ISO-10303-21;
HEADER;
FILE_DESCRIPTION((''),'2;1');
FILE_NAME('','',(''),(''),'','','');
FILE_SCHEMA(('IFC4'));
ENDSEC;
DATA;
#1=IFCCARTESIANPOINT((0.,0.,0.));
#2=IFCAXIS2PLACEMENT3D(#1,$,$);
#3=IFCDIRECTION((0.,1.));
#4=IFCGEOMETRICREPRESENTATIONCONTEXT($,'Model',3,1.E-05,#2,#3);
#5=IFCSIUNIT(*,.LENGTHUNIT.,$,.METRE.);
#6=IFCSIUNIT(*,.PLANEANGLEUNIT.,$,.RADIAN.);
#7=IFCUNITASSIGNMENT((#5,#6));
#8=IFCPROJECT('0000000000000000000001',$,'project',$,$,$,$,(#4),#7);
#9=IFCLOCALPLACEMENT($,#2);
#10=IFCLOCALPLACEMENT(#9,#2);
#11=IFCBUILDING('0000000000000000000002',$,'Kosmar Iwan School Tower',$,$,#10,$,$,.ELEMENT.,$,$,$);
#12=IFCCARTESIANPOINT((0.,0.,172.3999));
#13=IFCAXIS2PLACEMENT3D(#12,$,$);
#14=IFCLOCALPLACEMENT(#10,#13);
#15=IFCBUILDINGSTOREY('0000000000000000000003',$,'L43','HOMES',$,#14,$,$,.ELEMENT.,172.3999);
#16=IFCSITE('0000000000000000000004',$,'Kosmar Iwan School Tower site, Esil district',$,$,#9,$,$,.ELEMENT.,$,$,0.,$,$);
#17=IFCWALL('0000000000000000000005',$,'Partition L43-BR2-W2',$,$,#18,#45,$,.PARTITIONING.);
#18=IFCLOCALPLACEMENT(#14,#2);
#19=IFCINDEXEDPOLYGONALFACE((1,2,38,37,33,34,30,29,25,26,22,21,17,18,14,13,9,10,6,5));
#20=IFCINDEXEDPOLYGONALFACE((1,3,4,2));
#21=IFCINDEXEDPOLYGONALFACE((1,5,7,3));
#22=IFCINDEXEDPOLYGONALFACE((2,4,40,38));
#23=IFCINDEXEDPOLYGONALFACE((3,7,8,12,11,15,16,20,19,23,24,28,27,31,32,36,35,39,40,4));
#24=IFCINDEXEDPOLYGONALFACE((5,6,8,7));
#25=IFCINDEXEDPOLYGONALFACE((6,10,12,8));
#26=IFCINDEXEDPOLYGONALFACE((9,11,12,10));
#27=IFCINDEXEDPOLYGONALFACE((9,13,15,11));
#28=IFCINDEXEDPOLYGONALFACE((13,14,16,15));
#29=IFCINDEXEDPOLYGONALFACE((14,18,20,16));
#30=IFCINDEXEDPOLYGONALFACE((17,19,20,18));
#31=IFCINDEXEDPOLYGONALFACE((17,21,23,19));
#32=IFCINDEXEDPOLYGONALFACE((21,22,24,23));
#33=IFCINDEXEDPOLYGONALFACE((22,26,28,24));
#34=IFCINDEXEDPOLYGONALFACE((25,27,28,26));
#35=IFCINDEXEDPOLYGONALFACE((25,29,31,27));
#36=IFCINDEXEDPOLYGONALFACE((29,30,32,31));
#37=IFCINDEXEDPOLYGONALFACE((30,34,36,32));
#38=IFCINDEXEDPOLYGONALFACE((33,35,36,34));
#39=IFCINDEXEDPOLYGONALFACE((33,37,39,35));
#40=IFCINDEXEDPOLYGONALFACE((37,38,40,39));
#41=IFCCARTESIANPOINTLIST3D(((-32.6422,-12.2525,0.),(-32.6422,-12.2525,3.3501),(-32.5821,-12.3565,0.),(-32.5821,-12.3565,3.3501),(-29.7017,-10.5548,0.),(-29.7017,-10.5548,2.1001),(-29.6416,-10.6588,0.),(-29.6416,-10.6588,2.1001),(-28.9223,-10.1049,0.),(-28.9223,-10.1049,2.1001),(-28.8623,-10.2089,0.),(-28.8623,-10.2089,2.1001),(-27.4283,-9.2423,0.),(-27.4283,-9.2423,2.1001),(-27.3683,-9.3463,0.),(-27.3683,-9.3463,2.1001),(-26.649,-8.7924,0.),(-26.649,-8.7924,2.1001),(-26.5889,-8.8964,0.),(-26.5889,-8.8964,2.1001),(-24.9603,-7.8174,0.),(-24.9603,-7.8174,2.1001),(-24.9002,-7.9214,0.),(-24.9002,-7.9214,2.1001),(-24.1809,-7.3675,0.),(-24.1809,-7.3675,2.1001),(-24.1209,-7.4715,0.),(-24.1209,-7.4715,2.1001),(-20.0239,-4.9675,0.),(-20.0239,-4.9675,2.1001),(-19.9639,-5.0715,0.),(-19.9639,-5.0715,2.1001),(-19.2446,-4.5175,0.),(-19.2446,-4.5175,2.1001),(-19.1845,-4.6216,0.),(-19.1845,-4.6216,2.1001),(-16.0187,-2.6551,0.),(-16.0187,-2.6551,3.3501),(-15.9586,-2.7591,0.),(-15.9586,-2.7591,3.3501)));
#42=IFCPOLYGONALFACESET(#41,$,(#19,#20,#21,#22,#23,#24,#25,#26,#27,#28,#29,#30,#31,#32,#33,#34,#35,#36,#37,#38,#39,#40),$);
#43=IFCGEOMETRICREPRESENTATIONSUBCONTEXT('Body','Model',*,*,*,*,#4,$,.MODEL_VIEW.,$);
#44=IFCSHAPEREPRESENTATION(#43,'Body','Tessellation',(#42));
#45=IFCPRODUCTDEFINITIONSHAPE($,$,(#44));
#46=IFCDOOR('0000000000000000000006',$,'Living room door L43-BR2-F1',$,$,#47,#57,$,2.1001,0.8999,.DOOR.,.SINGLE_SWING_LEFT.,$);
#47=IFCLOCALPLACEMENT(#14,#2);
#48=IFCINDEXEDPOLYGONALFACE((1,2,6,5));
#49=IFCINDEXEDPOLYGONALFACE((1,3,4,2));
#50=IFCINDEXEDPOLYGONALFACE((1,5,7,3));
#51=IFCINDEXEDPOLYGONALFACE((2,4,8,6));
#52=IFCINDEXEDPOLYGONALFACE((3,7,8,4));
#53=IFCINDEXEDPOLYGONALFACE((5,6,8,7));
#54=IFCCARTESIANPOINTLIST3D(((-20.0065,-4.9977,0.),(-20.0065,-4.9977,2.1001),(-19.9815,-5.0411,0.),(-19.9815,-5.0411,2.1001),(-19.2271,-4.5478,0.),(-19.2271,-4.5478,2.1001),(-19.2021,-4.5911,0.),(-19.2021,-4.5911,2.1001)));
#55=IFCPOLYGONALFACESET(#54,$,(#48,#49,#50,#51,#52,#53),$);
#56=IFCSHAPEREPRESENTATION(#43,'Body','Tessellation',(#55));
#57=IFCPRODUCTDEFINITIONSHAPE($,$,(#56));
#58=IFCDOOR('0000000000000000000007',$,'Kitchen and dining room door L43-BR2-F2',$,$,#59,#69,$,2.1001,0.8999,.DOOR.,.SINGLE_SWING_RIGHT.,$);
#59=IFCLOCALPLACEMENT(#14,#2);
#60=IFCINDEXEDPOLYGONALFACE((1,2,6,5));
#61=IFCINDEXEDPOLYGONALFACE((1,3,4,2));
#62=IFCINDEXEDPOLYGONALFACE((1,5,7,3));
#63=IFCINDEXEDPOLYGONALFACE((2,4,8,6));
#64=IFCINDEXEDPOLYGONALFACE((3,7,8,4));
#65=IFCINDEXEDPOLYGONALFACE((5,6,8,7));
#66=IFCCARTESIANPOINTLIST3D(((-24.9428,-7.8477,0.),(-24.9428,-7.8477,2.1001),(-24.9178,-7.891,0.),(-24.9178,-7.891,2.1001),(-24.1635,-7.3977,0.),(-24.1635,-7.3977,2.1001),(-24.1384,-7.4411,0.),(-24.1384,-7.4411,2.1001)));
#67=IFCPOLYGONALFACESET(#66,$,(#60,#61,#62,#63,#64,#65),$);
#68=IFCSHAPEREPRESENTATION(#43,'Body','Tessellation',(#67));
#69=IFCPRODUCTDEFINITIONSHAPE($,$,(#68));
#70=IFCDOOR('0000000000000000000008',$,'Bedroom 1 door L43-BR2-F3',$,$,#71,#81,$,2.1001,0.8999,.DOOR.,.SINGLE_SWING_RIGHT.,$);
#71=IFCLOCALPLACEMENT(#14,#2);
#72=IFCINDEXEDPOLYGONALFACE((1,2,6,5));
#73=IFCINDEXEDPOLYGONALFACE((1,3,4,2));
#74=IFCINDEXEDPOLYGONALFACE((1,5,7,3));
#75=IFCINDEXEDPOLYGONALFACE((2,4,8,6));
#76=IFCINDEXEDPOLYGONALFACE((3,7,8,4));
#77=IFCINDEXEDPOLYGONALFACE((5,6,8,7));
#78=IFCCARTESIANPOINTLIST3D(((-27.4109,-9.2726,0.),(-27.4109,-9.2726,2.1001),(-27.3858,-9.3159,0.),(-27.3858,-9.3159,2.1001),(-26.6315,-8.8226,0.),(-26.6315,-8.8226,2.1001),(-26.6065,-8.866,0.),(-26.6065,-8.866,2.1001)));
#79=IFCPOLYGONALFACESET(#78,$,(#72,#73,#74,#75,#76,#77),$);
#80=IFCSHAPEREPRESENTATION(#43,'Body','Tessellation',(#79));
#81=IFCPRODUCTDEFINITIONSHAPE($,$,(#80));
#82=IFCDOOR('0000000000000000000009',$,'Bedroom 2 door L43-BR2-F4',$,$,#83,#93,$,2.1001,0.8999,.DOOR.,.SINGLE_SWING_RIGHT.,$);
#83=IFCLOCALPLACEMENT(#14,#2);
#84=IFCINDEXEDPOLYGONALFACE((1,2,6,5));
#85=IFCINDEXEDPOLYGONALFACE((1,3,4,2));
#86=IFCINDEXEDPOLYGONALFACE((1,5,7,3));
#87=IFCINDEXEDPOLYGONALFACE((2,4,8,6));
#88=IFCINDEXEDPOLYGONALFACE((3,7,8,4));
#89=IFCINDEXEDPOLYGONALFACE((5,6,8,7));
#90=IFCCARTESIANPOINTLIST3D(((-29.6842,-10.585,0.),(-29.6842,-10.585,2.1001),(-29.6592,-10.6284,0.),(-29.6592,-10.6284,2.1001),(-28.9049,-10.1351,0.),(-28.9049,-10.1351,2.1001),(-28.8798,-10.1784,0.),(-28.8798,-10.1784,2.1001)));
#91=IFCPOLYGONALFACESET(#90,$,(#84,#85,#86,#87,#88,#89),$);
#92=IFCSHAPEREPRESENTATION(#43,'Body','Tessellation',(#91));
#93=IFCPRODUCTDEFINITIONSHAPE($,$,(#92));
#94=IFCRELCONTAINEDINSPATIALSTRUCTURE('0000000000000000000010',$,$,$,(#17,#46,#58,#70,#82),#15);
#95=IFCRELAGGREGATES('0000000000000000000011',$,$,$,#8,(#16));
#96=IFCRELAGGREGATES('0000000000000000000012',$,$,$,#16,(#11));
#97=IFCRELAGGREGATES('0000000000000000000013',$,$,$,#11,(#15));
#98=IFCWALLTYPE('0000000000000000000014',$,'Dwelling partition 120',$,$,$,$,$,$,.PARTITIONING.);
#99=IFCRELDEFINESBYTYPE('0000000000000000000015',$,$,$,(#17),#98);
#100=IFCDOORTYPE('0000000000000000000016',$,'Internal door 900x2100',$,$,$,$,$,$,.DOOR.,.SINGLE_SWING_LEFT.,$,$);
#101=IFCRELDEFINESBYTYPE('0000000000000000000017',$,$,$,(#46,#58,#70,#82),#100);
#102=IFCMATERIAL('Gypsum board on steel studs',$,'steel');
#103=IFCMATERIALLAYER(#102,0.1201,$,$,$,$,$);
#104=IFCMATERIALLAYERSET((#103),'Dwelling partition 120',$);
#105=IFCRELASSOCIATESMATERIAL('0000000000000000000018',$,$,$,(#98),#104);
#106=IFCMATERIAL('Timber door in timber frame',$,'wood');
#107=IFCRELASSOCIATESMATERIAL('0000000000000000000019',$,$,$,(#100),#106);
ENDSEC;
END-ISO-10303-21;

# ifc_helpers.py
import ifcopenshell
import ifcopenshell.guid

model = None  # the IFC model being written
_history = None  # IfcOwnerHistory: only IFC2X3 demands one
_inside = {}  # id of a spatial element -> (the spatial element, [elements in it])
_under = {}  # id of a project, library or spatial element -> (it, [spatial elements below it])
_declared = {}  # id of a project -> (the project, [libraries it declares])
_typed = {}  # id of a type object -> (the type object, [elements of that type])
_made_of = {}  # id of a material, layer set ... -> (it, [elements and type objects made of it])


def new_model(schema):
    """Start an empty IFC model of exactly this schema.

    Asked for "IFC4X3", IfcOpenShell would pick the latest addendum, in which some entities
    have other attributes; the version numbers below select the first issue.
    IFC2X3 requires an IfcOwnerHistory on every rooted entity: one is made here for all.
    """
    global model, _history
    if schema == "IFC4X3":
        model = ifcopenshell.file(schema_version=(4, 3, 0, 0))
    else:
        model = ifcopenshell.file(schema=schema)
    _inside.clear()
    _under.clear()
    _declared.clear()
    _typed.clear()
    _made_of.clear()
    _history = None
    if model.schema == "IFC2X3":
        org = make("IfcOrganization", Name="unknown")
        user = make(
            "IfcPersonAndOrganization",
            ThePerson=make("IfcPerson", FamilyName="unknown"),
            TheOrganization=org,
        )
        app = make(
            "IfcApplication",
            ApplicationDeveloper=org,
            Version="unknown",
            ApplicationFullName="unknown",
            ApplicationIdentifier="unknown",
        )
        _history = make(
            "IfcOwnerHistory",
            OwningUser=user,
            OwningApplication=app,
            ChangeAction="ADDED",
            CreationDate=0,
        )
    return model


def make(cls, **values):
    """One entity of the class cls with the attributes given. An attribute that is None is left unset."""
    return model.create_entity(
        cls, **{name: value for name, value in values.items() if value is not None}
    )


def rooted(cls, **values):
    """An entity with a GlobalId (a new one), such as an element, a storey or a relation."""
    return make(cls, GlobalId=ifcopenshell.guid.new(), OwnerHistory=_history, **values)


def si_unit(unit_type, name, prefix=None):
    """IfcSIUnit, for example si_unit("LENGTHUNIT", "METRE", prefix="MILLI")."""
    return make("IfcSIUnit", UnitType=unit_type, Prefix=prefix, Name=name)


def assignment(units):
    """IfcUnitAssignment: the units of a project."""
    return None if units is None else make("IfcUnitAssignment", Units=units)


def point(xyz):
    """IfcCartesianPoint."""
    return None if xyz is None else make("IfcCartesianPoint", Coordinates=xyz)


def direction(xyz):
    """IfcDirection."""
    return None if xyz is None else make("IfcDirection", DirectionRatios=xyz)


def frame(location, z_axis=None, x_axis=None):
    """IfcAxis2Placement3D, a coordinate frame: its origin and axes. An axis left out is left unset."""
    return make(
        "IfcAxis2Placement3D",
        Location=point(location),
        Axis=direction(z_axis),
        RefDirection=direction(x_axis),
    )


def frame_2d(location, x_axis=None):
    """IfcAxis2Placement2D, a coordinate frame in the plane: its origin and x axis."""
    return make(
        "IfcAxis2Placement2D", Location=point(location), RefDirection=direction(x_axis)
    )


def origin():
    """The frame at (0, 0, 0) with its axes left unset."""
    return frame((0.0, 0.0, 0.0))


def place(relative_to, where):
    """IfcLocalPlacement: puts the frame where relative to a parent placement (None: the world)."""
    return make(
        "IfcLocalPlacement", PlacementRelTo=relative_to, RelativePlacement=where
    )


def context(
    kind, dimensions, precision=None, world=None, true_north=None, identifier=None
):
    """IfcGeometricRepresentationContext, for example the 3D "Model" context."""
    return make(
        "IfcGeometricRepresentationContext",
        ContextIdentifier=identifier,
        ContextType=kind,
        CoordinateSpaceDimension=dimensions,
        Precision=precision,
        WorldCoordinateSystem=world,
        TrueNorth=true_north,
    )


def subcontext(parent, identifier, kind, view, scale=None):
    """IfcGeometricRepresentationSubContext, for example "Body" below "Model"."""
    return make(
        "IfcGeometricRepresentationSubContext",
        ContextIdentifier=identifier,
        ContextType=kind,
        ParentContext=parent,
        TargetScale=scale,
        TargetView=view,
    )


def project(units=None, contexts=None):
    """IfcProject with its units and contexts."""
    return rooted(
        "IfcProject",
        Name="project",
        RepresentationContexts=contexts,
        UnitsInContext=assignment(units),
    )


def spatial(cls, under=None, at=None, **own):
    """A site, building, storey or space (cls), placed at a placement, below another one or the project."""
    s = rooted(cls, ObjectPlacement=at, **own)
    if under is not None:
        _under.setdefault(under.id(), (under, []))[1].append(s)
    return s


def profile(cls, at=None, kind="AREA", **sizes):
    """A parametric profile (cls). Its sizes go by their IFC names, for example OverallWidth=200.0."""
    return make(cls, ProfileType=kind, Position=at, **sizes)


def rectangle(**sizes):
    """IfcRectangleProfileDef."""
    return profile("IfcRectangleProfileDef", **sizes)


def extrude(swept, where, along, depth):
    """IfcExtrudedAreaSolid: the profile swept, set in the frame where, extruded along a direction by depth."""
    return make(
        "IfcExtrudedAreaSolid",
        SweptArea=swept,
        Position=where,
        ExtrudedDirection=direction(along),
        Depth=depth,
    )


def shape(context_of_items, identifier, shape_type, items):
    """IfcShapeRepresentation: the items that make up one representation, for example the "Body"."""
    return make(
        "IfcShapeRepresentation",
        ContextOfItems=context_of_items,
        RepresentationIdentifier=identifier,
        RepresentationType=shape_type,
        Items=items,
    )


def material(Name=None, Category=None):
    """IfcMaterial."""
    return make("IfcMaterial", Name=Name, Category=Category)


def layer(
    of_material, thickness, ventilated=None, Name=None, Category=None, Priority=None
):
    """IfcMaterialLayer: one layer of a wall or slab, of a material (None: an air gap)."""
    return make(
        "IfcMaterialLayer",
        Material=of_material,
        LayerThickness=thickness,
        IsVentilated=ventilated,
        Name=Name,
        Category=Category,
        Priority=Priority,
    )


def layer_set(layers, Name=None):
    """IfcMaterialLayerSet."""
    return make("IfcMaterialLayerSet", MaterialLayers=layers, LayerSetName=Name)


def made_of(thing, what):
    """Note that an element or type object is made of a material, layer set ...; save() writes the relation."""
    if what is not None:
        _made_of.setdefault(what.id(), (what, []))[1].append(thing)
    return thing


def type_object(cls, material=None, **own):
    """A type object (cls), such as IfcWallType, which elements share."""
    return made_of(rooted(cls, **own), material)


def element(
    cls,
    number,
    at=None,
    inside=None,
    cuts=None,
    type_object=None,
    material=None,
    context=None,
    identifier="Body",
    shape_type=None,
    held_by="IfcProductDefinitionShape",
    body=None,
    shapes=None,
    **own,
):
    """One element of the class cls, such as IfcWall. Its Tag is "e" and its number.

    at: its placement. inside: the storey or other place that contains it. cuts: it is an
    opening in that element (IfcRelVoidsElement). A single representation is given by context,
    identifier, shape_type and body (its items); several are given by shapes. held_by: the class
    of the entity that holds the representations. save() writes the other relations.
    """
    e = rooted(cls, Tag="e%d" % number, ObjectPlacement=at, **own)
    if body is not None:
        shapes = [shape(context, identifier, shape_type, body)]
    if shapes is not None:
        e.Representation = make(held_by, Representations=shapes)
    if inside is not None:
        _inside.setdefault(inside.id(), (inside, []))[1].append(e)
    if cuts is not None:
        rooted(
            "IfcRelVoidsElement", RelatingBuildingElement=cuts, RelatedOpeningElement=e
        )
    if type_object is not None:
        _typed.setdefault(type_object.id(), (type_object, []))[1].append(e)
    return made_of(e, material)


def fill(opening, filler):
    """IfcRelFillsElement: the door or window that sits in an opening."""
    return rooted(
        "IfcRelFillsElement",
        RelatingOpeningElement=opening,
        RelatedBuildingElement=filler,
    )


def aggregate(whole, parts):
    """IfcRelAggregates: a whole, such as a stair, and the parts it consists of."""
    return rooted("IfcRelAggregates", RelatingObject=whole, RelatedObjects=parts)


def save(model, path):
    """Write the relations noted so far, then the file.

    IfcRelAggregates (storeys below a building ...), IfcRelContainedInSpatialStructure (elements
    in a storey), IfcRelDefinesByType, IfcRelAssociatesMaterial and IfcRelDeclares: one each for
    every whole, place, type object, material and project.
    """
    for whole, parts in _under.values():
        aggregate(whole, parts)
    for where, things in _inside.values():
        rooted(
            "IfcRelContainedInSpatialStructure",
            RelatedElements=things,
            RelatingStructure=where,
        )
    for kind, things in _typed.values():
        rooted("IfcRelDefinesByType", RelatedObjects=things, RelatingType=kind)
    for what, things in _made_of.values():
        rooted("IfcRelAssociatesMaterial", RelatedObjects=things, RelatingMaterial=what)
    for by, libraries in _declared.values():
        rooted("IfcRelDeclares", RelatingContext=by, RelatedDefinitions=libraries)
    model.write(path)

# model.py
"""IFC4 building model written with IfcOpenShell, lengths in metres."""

from ifc_helpers import new_model, si_unit, direction, frame, frame_2d, origin, place, context, subcontext, project, spatial, rectangle, extrude, material, layer, layer_set, type_object, element, fill, save


model = new_model("IFC4")

# Units and contexts
model_context = context("Model", 3, precision=1e-05, world=origin(), true_north=direction((0.0, 1.0)))
body_context = subcontext(model_context, "Body", "Model", "MODEL_VIEW")
ifc_project = project(units=[si_unit("LENGTHUNIT", "METRE"), si_unit("PLANEANGLEUNIT", "RADIAN")], contexts=[model_context])

# Site, building, storey
site_placement = place(None, origin())
site = spatial("IfcSite", under=ifc_project, at=site_placement, Name="Kosmar Iwan School Tower site, Esil district", CompositionType="ELEMENT", RefElevation=0.0)
building_placement = place(site_placement, origin())
building = spatial("IfcBuilding", under=site, at=building_placement, Name="Kosmar Iwan School Tower", CompositionType="ELEMENT")
storey_placement = place(building_placement, frame((0.0, 0.0, 172.3999)))
storey = spatial("IfcBuildingStorey", under=building, at=storey_placement, Name="L43", Description="HOMES", CompositionType="ELEMENT", Elevation=172.3999)

# Wall, openings, doors
ifc_material_1 = material(Name="Gypsum board on steel studs", Category="steel")
ifc_layer = layer(ifc_material_1, 0.1201)
ifc_layer_set = layer_set([ifc_layer], Name="Dwelling partition 120")
wall_type = type_object("IfcWallType", Name="Dwelling partition 120", PredefinedType="PARTITIONING", material=ifc_layer_set)
wall_placement = place(storey_placement, frame((-15.9885, -2.707, 0.0), z_axis=(0.0, 0.0, 1.0), x_axis=(-0.86603, -0.499993, 0.0)))
wall = element("IfcWall", 1, at=wall_placement, inside=storey, type_object=wall_type, Name="Partition L43-BR2-W2", PredefinedType="PARTITIONING", context=body_context, shape_type="SweptSolid", body=[
    extrude(rectangle(XDim=19.1951, YDim=0.1201, at=frame_2d((9.5977, 0.0))), origin(), (0.0, 0.0, 1.0), 3.3501),
])
opening_1_placement = place(wall_placement, frame((3.7251, 0.0, 0.0)))
opening_1 = element("IfcOpeningElement", 2, at=opening_1_placement, cuts=wall, PredefinedType="OPENING", context=body_context, shape_type="SweptSolid", body=[
    extrude(rectangle(XDim=0.8999, YDim=2.1001, at=frame_2d((0.45, 1.05))), frame((0.0, 0.072, 0.0), z_axis=(0.0, -1.0, 0.0), x_axis=(1.0, 0.0, 0.0)), (0.0, 0.0, 1.0), 0.144),
])
opening_2_placement = place(wall_placement, frame((9.425, 0.0, 0.0)))
opening_2 = element("IfcOpeningElement", 3, at=opening_2_placement, cuts=wall, PredefinedType="OPENING", context=body_context, shape_type="SweptSolid", body=[
    extrude(rectangle(XDim=0.8999, YDim=2.1001, at=frame_2d((0.45, 1.05))), frame((0.0, 0.072, 0.0), z_axis=(0.0, -1.0, 0.0), x_axis=(1.0, 0.0, 0.0)), (0.0, 0.0, 1.0), 0.144),
])
opening_3_placement = place(wall_placement, frame((12.2749, 0.0, 0.0)))
opening_3 = element("IfcOpeningElement", 4, at=opening_3_placement, cuts=wall, PredefinedType="OPENING", context=body_context, shape_type="SweptSolid", body=[
    extrude(rectangle(XDim=0.8999, YDim=2.1001, at=frame_2d((0.45, 1.05))), frame((0.0, 0.072, 0.0), z_axis=(0.0, -1.0, 0.0), x_axis=(1.0, 0.0, 0.0)), (0.0, 0.0, 1.0), 0.144),
])
opening_4_placement = place(wall_placement, frame((14.8999, 0.0, 0.0)))
opening_4 = element("IfcOpeningElement", 5, at=opening_4_placement, cuts=wall, PredefinedType="OPENING", context=body_context, shape_type="SweptSolid", body=[
    extrude(rectangle(XDim=0.8999, YDim=2.1001, at=frame_2d((0.45, 1.05))), frame((0.0, 0.072, 0.0), z_axis=(0.0, -1.0, 0.0), x_axis=(1.0, 0.0, 0.0)), (0.0, 0.0, 1.0), 0.144),
])
ifc_material_2 = material(Name="Timber door in timber frame", Category="wood")
door_type = type_object("IfcDoorType", Name="Internal door 900x2100", OperationType="SINGLE_SWING_LEFT", PredefinedType="DOOR", material=ifc_material_2)
door_1_placement = place(opening_1_placement, origin())
door_1 = element("IfcDoor", 6, at=door_1_placement, inside=storey, type_object=door_type, Name="Living room door L43-BR2-F1", OperationType="SINGLE_SWING_LEFT", OverallHeight=2.1001, OverallWidth=0.8999, PredefinedType="DOOR", context=body_context, shape_type="SweptSolid", body=[
    extrude(rectangle(XDim=0.8999, YDim=2.1001, at=frame_2d((0.45, 1.05))), frame((0.0, 0.0249, 0.0), z_axis=(0.0, -1.0, 0.0), x_axis=(1.0, 0.0, 0.0)), (0.0, 0.0, 1.0), 0.05),
])
fill(opening_1, door_1)
door_2_placement = place(opening_2_placement, origin())
door_2 = element("IfcDoor", 7, at=door_2_placement, inside=storey, type_object=door_type, Name="Kitchen and dining room door L43-BR2-F2", OperationType="SINGLE_SWING_RIGHT", OverallHeight=2.1001, OverallWidth=0.8999, PredefinedType="DOOR", context=body_context, shape_type="SweptSolid", body=[
    extrude(rectangle(XDim=0.8999, YDim=2.1001, at=frame_2d((0.45, 1.05))), frame((0.0, 0.0249, 0.0), z_axis=(0.0, -1.0, 0.0), x_axis=(1.0, 0.0, 0.0)), (0.0, 0.0, 1.0), 0.05),
])
fill(opening_2, door_2)
door_3_placement = place(opening_3_placement, origin())
door_3 = element("IfcDoor", 8, at=door_3_placement, inside=storey, type_object=door_type, Name="Bedroom 1 door L43-BR2-F3", OperationType="SINGLE_SWING_RIGHT", OverallHeight=2.1001, OverallWidth=0.8999, PredefinedType="DOOR", context=body_context, shape_type="SweptSolid", body=[
    extrude(rectangle(XDim=0.8999, YDim=2.1001, at=frame_2d((0.45, 1.05))), frame((0.0, 0.0249, 0.0), z_axis=(0.0, -1.0, 0.0), x_axis=(1.0, 0.0, 0.0)), (0.0, 0.0, 1.0), 0.05),
])
fill(opening_3, door_3)
door_4_placement = place(opening_4_placement, origin())
door_4 = element("IfcDoor", 9, at=door_4_placement, inside=storey, type_object=door_type, Name="Bedroom 2 door L43-BR2-F4", OperationType="SINGLE_SWING_RIGHT", OverallHeight=2.1001, OverallWidth=0.8999, PredefinedType="DOOR", context=body_context, shape_type="SweptSolid", body=[
    extrude(rectangle(XDim=0.8999, YDim=2.1001, at=frame_2d((0.45, 1.05))), frame((0.0, 0.0249, 0.0), z_axis=(0.0, -1.0, 0.0), x_axis=(1.0, 0.0, 0.0)), (0.0, 0.0, 1.0), 0.05),
])
fill(opening_4, door_4)

save(model, "model.ifc")
